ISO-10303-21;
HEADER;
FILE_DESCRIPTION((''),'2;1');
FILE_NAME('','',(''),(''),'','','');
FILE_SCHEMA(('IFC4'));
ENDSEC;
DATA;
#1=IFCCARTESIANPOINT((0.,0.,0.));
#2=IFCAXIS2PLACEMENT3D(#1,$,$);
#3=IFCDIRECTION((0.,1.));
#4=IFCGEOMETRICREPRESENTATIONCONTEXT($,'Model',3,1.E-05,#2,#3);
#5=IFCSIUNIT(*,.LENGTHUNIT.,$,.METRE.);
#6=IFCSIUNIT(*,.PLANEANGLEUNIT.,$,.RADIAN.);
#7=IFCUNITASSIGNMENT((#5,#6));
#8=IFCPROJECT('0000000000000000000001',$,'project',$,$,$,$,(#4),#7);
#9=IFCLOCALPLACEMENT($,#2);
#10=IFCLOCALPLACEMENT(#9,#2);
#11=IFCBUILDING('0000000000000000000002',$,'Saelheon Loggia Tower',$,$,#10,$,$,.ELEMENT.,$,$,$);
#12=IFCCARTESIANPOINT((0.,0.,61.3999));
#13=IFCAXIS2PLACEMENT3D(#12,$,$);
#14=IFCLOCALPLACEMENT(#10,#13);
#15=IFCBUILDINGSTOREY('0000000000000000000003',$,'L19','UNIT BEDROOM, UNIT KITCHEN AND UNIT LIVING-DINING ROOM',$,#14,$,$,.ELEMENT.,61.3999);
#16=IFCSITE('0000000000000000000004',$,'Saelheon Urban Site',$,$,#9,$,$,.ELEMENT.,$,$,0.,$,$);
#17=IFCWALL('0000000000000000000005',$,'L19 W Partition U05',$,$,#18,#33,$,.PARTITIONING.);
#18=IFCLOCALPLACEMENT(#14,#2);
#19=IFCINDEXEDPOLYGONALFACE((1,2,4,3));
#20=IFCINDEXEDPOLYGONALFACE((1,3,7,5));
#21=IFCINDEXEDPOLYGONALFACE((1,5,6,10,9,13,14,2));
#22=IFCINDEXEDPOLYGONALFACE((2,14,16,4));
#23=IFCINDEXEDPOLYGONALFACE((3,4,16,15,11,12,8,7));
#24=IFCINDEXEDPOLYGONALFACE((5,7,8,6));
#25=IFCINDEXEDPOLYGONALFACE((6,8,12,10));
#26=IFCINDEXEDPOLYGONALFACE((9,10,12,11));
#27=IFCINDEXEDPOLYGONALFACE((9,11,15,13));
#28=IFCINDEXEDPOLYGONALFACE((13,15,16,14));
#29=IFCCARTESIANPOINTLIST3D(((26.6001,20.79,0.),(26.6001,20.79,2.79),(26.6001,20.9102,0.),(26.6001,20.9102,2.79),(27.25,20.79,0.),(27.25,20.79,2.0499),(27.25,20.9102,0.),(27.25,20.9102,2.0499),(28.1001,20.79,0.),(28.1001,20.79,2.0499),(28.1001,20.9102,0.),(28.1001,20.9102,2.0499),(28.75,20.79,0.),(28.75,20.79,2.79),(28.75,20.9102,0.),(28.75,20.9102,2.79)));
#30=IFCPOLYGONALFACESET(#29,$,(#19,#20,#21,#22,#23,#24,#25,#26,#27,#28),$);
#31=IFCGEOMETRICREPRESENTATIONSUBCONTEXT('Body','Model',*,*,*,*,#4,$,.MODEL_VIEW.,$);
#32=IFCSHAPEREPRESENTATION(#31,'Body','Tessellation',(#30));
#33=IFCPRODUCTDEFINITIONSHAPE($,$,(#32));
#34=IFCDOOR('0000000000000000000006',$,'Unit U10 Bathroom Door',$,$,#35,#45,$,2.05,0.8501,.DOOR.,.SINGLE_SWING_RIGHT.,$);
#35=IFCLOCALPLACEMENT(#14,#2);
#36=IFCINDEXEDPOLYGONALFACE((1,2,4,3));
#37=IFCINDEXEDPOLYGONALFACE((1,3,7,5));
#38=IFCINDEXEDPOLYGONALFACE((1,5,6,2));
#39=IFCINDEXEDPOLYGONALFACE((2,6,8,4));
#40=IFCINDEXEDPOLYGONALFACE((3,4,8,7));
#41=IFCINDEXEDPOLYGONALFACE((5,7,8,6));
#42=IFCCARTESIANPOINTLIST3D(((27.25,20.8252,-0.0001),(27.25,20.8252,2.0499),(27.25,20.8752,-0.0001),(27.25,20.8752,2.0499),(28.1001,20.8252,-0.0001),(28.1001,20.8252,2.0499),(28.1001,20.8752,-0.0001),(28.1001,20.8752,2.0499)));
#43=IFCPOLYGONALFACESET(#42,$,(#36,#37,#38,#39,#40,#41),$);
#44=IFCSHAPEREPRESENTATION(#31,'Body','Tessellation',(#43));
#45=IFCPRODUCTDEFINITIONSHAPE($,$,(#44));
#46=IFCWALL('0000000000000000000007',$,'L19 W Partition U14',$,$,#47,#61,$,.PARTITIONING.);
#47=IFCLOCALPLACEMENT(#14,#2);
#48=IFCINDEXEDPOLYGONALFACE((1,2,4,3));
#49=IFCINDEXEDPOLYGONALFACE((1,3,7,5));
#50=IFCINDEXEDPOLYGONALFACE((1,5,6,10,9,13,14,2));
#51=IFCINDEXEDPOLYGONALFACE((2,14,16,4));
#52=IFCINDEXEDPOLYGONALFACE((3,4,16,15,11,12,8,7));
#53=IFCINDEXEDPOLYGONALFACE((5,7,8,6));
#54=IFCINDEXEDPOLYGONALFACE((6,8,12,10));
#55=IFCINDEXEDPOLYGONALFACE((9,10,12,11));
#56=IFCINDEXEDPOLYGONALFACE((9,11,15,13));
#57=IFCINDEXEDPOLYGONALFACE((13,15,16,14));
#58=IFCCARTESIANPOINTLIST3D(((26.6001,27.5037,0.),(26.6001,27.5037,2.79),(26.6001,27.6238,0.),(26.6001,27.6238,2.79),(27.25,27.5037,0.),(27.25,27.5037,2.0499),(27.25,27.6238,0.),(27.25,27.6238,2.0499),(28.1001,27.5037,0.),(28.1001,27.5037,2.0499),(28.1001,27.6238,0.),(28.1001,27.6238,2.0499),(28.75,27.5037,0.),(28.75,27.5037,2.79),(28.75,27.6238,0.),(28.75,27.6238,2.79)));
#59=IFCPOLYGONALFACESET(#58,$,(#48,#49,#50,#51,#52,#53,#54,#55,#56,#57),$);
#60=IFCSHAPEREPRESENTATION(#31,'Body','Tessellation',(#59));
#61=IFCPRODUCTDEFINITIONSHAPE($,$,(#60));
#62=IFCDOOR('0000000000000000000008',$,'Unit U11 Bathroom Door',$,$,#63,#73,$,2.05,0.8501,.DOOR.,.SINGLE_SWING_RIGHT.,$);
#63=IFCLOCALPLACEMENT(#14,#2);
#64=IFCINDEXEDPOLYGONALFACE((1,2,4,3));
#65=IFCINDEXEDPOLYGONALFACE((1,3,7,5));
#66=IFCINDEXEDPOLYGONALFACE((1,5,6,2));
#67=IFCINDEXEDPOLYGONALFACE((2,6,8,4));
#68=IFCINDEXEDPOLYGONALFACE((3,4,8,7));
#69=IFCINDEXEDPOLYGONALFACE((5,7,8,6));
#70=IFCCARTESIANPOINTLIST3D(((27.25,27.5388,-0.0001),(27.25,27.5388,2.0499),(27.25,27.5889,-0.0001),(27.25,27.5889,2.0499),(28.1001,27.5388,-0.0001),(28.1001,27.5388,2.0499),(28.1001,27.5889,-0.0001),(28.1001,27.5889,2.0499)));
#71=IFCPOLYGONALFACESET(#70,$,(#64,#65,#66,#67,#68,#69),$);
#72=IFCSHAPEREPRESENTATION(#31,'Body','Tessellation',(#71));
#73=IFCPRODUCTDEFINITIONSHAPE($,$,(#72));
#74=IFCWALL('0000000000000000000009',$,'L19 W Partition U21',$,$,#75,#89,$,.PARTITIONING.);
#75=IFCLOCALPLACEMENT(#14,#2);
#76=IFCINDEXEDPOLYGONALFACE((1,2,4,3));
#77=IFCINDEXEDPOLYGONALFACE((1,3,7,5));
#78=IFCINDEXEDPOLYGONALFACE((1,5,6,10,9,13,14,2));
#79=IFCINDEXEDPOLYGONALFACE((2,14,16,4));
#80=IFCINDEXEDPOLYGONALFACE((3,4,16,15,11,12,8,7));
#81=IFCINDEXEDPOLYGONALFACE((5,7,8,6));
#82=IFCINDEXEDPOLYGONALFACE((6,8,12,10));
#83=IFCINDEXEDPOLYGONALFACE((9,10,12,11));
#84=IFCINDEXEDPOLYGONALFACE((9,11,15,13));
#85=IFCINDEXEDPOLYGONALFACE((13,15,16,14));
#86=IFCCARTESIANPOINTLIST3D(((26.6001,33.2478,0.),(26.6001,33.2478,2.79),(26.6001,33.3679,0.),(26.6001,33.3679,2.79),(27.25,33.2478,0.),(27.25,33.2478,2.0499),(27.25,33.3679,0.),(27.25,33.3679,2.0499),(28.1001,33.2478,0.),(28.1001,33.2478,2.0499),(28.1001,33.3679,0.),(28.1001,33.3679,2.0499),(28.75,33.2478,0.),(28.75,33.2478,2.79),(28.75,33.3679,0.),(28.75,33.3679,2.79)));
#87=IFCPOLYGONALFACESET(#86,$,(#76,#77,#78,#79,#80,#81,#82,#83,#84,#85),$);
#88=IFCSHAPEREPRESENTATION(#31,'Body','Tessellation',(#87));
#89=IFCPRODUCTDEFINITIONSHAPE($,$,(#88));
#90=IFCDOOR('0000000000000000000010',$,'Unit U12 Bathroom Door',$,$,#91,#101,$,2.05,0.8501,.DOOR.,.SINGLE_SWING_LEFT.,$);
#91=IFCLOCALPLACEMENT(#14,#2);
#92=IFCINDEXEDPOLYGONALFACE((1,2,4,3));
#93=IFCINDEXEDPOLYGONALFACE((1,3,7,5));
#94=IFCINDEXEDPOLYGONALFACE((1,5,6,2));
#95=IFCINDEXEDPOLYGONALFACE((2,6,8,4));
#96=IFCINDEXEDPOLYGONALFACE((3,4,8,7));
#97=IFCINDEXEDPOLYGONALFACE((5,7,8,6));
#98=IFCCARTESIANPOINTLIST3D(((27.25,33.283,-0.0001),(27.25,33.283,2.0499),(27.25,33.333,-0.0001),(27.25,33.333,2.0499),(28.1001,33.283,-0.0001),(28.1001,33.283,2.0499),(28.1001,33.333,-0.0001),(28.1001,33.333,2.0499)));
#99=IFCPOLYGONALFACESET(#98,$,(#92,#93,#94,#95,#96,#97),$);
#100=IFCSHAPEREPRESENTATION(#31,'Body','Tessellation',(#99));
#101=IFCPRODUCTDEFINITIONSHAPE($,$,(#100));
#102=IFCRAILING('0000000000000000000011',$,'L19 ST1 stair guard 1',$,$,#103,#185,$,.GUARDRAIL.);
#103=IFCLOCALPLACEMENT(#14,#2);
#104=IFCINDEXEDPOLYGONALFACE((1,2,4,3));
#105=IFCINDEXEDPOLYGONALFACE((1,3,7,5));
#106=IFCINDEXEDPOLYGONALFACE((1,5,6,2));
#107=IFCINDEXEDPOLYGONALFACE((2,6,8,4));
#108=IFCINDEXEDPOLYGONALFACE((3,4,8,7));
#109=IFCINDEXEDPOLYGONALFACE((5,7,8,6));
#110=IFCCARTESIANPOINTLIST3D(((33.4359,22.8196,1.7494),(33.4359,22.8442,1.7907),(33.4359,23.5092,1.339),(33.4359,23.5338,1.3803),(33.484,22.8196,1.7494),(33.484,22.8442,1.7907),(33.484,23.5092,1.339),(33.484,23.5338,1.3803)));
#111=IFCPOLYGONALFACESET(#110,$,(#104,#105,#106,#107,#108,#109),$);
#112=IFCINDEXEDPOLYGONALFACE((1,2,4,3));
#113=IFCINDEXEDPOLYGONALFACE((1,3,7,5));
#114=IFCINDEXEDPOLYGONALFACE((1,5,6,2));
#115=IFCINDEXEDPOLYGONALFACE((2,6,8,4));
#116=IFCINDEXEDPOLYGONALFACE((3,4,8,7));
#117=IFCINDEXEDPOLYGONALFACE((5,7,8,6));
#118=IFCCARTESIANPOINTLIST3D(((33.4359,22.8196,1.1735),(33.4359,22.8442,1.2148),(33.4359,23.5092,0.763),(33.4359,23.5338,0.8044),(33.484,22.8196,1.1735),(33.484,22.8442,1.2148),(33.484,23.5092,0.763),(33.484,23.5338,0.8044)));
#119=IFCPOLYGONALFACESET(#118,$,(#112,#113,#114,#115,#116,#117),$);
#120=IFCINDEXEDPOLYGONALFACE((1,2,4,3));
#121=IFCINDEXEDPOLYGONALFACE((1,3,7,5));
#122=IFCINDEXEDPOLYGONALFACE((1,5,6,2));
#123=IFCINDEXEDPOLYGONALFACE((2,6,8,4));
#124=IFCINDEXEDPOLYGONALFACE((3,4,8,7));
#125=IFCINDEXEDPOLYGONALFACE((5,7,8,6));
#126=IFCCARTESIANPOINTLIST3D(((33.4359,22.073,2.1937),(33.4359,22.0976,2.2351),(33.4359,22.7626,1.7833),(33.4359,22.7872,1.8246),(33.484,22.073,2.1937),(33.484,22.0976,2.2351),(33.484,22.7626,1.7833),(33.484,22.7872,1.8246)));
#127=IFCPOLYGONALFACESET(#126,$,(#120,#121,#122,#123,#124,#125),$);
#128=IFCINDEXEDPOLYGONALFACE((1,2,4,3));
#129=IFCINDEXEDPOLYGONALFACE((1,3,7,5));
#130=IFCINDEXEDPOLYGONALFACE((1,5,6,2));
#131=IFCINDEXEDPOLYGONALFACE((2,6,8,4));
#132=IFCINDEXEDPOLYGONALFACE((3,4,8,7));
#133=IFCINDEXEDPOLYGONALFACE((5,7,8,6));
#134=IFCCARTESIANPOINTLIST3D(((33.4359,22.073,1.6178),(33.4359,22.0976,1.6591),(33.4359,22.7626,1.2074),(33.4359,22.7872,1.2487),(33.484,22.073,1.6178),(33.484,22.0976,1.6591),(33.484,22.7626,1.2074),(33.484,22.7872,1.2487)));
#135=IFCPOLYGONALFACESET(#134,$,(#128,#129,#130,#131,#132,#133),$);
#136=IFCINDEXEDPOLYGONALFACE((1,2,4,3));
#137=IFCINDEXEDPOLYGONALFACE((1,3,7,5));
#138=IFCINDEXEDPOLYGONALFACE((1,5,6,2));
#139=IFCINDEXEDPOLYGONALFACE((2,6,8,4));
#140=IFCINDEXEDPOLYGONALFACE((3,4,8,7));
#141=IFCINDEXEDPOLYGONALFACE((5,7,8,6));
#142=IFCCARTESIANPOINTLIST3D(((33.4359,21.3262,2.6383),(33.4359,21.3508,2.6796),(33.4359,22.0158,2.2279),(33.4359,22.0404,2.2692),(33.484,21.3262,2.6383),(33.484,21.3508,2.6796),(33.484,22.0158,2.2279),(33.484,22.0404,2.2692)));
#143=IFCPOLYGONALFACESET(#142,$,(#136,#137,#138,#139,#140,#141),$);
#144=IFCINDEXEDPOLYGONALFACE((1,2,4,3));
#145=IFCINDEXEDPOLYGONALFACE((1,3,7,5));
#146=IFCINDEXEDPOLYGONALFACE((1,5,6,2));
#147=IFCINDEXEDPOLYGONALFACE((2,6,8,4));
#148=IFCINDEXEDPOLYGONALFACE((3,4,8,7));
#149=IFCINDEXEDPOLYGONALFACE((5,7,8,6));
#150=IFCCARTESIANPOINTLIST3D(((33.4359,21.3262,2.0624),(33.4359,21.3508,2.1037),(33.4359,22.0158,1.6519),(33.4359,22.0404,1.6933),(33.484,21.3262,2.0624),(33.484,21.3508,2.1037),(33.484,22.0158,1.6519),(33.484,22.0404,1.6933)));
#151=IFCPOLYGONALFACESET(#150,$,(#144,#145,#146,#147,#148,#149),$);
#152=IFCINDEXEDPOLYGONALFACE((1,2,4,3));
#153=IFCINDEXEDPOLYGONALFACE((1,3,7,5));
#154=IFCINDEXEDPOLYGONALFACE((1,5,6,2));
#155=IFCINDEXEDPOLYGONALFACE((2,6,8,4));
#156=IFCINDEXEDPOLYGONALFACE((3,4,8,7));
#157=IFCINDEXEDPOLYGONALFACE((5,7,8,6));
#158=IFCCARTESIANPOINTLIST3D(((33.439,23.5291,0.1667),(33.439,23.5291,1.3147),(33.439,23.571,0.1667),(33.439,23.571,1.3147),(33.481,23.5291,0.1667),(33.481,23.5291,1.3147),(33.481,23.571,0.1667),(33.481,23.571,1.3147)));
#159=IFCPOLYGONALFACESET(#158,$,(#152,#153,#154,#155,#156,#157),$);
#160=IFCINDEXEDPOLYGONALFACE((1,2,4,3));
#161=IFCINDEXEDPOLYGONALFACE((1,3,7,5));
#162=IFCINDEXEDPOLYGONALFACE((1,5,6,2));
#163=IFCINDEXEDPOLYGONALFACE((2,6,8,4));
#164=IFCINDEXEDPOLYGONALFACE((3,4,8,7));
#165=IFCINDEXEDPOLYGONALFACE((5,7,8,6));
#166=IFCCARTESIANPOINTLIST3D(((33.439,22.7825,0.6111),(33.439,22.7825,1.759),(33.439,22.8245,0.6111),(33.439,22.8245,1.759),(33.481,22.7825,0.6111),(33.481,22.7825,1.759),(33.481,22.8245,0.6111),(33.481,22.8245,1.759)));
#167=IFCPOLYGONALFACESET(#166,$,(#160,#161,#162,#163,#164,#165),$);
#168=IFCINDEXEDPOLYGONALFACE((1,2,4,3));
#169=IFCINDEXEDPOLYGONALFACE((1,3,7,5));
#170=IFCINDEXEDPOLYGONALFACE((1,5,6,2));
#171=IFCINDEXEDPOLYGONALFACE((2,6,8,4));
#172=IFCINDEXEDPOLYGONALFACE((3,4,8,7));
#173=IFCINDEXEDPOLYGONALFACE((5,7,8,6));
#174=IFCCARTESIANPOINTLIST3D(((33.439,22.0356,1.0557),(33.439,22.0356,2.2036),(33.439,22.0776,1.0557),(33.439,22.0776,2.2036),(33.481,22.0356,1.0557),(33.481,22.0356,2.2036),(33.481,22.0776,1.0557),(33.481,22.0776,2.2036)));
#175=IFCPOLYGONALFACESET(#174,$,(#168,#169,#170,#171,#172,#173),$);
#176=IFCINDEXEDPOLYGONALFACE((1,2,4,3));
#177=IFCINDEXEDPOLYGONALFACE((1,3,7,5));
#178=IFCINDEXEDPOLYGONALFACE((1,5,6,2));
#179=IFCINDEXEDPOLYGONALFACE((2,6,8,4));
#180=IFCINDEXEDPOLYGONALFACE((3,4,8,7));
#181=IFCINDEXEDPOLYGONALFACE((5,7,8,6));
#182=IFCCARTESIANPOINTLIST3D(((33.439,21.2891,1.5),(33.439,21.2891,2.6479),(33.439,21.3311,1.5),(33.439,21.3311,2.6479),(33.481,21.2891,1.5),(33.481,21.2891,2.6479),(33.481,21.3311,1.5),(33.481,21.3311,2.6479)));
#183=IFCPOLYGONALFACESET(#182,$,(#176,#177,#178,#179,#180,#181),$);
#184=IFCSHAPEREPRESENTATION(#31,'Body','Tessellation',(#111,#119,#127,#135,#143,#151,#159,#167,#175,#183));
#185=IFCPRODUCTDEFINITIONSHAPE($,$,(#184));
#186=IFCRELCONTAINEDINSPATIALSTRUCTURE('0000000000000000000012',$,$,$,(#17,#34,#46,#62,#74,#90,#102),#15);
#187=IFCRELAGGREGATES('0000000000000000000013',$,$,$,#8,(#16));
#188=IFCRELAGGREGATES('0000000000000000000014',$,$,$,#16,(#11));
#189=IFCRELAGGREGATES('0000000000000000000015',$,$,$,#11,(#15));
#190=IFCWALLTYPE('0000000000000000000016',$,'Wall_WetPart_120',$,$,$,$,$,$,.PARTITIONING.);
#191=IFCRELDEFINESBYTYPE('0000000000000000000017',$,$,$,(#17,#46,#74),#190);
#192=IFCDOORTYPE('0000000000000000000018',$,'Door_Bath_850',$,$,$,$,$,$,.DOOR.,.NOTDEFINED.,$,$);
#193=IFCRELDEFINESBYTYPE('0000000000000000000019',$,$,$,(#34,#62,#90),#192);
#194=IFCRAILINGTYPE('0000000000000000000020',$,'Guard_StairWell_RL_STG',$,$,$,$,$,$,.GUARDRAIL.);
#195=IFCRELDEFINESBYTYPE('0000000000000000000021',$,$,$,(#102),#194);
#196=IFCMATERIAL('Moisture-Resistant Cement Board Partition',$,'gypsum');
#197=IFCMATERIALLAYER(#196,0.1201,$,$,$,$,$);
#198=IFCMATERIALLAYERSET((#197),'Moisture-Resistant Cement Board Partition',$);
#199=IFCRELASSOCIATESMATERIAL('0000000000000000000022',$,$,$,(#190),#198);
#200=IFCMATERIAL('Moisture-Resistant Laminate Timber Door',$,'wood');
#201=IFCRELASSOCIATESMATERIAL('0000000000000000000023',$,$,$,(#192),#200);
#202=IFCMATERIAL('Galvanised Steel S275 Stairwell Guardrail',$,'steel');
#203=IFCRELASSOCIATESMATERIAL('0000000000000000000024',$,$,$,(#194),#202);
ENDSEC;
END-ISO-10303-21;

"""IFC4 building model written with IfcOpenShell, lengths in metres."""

from ifc_helpers import new_model, si_unit, direction, frame, frame_2d, origin, origin_2d, place, context, subcontext, project, spatial, rectangle, extrude, source, transform, mapped, material, layer, layer_set, type_object, element, fill, save


model = new_model("IFC4")

# Units and contexts
model_context = context("Model", 3, precision=1e-05, world=origin(), true_north=direction((0.0, 1.0)))
body_context = subcontext(model_context, "Body", "Model", "MODEL_VIEW")
ifc_project = project(units=[si_unit("LENGTHUNIT", "METRE"), si_unit("PLANEANGLEUNIT", "RADIAN")], contexts=[model_context])

# Site, building, storey
site_placement = place(None, origin())
site = spatial("IfcSite", under=ifc_project, at=site_placement, Name="Saelheon Urban Site", CompositionType="ELEMENT", RefElevation=0.0)
building_placement = place(site_placement, origin())
building = spatial("IfcBuilding", under=site, at=building_placement, Name="Saelheon Loggia Tower", CompositionType="ELEMENT")
storey_placement = place(building_placement, frame((0.0, 0.0, 61.3999)))
storey = spatial("IfcBuildingStorey", under=building, at=storey_placement, Name="L19", Description="UNIT BEDROOM, UNIT KITCHEN AND UNIT LIVING-DINING ROOM", CompositionType="ELEMENT", Elevation=61.3999)

# Walls, openings, doors
ifc_material_1 = material(Name="Moisture-Resistant Cement Board Partition", Category="gypsum")
ifc_layer_1 = layer(ifc_material_1, 0.1201)
ifc_layer_set_1 = layer_set([ifc_layer_1], Name="Moisture-Resistant Cement Board Partition")
wall_type_1 = type_object("IfcWallType", Name="Wall_WetPart_120", PredefinedType="PARTITIONING", material=ifc_layer_set_1)
wall_1_placement = place(storey_placement, frame((28.75, 20.8501, 0.0), z_axis=(0.0, 0.0, 1.0), x_axis=(-1.0, 0.0, 0.0)))
wall_1 = element("IfcWall", 1, at=wall_1_placement, inside=storey, type_object=wall_type_1, Name="L19 W Partition U05", PredefinedType="PARTITIONING", context=body_context, shape_type="SweptSolid", body=[
    extrude(rectangle(XDim=2.1499, YDim=0.1201, at=frame_2d((1.075, 0.0))), origin(), (0.0, 0.0, 1.0), 2.79),
])
opening_1_placement = place(wall_1_placement, frame((0.6499, 0.0, 0.0)))
opening_1 = element("IfcOpeningElement", 2, at=opening_1_placement, cuts=wall_1, PredefinedType="OPENING", context=body_context, shape_type="SweptSolid", body=[
    extrude(rectangle(XDim=0.8501, YDim=2.05, at=frame_2d((0.425, 1.0249))), frame((0.0, 0.072, 0.0), z_axis=(0.0, -1.0, 0.0), x_axis=(1.0, 0.0, 0.0)), (0.0, 0.0, 1.0), 0.144),
])
ifc_material_2 = material(Name="Moisture-Resistant Laminate Timber Door", Category="wood")
door_type_1 = type_object("IfcDoorType", Name="Door_Bath_850", OperationType="NOTDEFINED", PredefinedType="DOOR", material=ifc_material_2)
shared_shape_1 = source(origin(), body_context, "Body", "SweptSolid", [
    extrude(rectangle(XDim=0.8501, YDim=2.05, at=frame_2d((0.425, 1.0249))), frame((0.0, 0.0249, 0.0), z_axis=(0.0, -1.0, 0.0), x_axis=(1.0, 0.0, 0.0)), (0.0, 0.0, 1.0), 0.05),
])
door_1_placement = place(opening_1_placement, origin())
door_1 = element("IfcDoor", 3, at=door_1_placement, inside=storey, type_object=door_type_1, Name="Unit U10 Bathroom Door", OperationType="SINGLE_SWING_RIGHT", OverallHeight=2.05, OverallWidth=0.8501, PredefinedType="DOOR", context=body_context, shape_type="MappedRepresentation", body=[
    mapped(shared_shape_1, transform((0.0, 0.0, 0.0), scale=1.0)),
])
fill(opening_1, door_1)
wall_2_placement = place(storey_placement, frame((28.75, 27.5637, 0.0), z_axis=(0.0, 0.0, 1.0), x_axis=(-1.0, 0.0, 0.0)))
wall_2 = element("IfcWall", 4, at=wall_2_placement, inside=storey, type_object=wall_type_1, Name="L19 W Partition U14", PredefinedType="PARTITIONING", context=body_context, shape_type="SweptSolid", body=[
    extrude(rectangle(XDim=2.1499, YDim=0.1201, at=frame_2d((1.075, 0.0))), origin(), (0.0, 0.0, 1.0), 2.79),
])
opening_2_placement = place(wall_2_placement, frame((0.6499, 0.0, 0.0)))
opening_2 = element("IfcOpeningElement", 5, at=opening_2_placement, cuts=wall_2, PredefinedType="OPENING", context=body_context, shape_type="SweptSolid", body=[
    extrude(rectangle(XDim=0.8501, YDim=2.05, at=frame_2d((0.425, 1.0249))), frame((0.0, 0.072, 0.0), z_axis=(0.0, -1.0, 0.0), x_axis=(1.0, 0.0, 0.0)), (0.0, 0.0, 1.0), 0.144),
])
door_2_placement = place(opening_2_placement, origin())
door_2 = element("IfcDoor", 6, at=door_2_placement, inside=storey, type_object=door_type_1, Name="Unit U11 Bathroom Door", OperationType="SINGLE_SWING_RIGHT", OverallHeight=2.05, OverallWidth=0.8501, PredefinedType="DOOR", context=body_context, shape_type="MappedRepresentation", body=[
    mapped(shared_shape_1, transform((0.0, 0.0, 0.0), scale=1.0)),
])
fill(opening_2, door_2)
wall_3_placement = place(storey_placement, frame((28.75, 33.3079, 0.0), z_axis=(0.0, 0.0, 1.0), x_axis=(-1.0, 0.0, 0.0)))
wall_3 = element("IfcWall", 7, at=wall_3_placement, inside=storey, type_object=wall_type_1, Name="L19 W Partition U21", PredefinedType="PARTITIONING", context=body_context, shape_type="SweptSolid", body=[
    extrude(rectangle(XDim=2.1499, YDim=0.1201, at=frame_2d((1.075, 0.0))), origin(), (0.0, 0.0, 1.0), 2.79),
])
opening_3_placement = place(wall_3_placement, frame((0.6499, 0.0, 0.0)))
opening_3 = element("IfcOpeningElement", 8, at=opening_3_placement, cuts=wall_3, PredefinedType="OPENING", context=body_context, shape_type="SweptSolid", body=[
    extrude(rectangle(XDim=0.8501, YDim=2.05, at=frame_2d((0.425, 1.0249))), frame((0.0, 0.072, 0.0), z_axis=(0.0, -1.0, 0.0), x_axis=(1.0, 0.0, 0.0)), (0.0, 0.0, 1.0), 0.144),
])
door_3_placement = place(opening_3_placement, origin())
door_3 = element("IfcDoor", 9, at=door_3_placement, inside=storey, type_object=door_type_1, Name="Unit U12 Bathroom Door", OperationType="SINGLE_SWING_LEFT", OverallHeight=2.05, OverallWidth=0.8501, PredefinedType="DOOR", context=body_context, shape_type="MappedRepresentation", body=[
    mapped(shared_shape_1, transform((0.0, 0.0, 0.0), scale=1.0)),
])
fill(opening_3, door_3)

# Railing
ifc_material_3 = material(Name="Galvanised Steel S275 Stairwell Guardrail", Category="steel")
railing_type_1 = type_object("IfcRailingType", Name="Guard_StairWell_RL_STG", PredefinedType="GUARDRAIL", material=ifc_material_3)
railing_1_placement = place(storey_placement, frame((33.46, 23.55, 0.1667)))
element("IfcRailing", 10, at=railing_1_placement, inside=storey, type_object=railing_type_1, Name="L19 ST1 stair guard 1", PredefinedType="GUARDRAIL", context=body_context, shape_type="SweptSolid", body=[
    extrude(rectangle(XDim=0.0481, YDim=0.0481, at=origin_2d()), frame((0.0, -0.0286, 1.1929), z_axis=(0.0, -0.859306, 0.511462), x_axis=(1.0, 0.0, 0.0)), (0.0, 0.0, 1.0), 0.8025),
    extrude(rectangle(XDim=0.0481, YDim=0.0481, at=origin_2d()), frame((0.0, -0.0286, 0.6169), z_axis=(0.0, -0.859306, 0.511462), x_axis=(1.0, 0.0, 0.0)), (0.0, 0.0, 1.0), 0.8025),
    extrude(rectangle(XDim=0.0481, YDim=0.0481, at=origin_2d()), frame((0.0, -0.7751, 1.6372), z_axis=(0.0, -0.859306, 0.511462), x_axis=(1.0, 0.0, 0.0)), (0.0, 0.0, 1.0), 0.8025),
    extrude(rectangle(XDim=0.0481, YDim=0.0481, at=origin_2d()), frame((0.0, -0.7751, 1.0613), z_axis=(0.0, -0.859306, 0.511462), x_axis=(1.0, 0.0, 0.0)), (0.0, 0.0, 1.0), 0.8025),
    extrude(rectangle(XDim=0.0481, YDim=0.0481, at=origin_2d()), frame((0.0, -1.522, 2.0818), z_axis=(0.0, -0.859306, 0.511462), x_axis=(1.0, 0.0, 0.0)), (0.0, 0.0, 1.0), 0.8025),
    extrude(rectangle(XDim=0.0481, YDim=0.0481, at=origin_2d()), frame((0.0, -1.522, 1.5059), z_axis=(0.0, -0.859306, 0.511462), x_axis=(1.0, 0.0, 0.0)), (0.0, 0.0, 1.0), 0.8025),
    extrude(rectangle(XDim=0.042, YDim=0.042, at=origin_2d()), origin(), (0.0, 0.0, 1.0), 1.1479),
    extrude(rectangle(XDim=0.042, YDim=0.042, at=origin_2d()), frame((0.0, -0.7466, 0.4443)), (0.0, 0.0, 1.0), 1.1479),
    extrude(rectangle(XDim=0.042, YDim=0.042, at=origin_2d()), frame((0.0, -1.4934, 0.8889)), (0.0, 0.0, 1.0), 1.1479),
    extrude(rectangle(XDim=0.042, YDim=0.042, at=origin_2d()), frame((0.0, -2.24, 1.3333)), (0.0, 0.0, 1.0), 1.1479),
])

save(model, "model.ifc")
